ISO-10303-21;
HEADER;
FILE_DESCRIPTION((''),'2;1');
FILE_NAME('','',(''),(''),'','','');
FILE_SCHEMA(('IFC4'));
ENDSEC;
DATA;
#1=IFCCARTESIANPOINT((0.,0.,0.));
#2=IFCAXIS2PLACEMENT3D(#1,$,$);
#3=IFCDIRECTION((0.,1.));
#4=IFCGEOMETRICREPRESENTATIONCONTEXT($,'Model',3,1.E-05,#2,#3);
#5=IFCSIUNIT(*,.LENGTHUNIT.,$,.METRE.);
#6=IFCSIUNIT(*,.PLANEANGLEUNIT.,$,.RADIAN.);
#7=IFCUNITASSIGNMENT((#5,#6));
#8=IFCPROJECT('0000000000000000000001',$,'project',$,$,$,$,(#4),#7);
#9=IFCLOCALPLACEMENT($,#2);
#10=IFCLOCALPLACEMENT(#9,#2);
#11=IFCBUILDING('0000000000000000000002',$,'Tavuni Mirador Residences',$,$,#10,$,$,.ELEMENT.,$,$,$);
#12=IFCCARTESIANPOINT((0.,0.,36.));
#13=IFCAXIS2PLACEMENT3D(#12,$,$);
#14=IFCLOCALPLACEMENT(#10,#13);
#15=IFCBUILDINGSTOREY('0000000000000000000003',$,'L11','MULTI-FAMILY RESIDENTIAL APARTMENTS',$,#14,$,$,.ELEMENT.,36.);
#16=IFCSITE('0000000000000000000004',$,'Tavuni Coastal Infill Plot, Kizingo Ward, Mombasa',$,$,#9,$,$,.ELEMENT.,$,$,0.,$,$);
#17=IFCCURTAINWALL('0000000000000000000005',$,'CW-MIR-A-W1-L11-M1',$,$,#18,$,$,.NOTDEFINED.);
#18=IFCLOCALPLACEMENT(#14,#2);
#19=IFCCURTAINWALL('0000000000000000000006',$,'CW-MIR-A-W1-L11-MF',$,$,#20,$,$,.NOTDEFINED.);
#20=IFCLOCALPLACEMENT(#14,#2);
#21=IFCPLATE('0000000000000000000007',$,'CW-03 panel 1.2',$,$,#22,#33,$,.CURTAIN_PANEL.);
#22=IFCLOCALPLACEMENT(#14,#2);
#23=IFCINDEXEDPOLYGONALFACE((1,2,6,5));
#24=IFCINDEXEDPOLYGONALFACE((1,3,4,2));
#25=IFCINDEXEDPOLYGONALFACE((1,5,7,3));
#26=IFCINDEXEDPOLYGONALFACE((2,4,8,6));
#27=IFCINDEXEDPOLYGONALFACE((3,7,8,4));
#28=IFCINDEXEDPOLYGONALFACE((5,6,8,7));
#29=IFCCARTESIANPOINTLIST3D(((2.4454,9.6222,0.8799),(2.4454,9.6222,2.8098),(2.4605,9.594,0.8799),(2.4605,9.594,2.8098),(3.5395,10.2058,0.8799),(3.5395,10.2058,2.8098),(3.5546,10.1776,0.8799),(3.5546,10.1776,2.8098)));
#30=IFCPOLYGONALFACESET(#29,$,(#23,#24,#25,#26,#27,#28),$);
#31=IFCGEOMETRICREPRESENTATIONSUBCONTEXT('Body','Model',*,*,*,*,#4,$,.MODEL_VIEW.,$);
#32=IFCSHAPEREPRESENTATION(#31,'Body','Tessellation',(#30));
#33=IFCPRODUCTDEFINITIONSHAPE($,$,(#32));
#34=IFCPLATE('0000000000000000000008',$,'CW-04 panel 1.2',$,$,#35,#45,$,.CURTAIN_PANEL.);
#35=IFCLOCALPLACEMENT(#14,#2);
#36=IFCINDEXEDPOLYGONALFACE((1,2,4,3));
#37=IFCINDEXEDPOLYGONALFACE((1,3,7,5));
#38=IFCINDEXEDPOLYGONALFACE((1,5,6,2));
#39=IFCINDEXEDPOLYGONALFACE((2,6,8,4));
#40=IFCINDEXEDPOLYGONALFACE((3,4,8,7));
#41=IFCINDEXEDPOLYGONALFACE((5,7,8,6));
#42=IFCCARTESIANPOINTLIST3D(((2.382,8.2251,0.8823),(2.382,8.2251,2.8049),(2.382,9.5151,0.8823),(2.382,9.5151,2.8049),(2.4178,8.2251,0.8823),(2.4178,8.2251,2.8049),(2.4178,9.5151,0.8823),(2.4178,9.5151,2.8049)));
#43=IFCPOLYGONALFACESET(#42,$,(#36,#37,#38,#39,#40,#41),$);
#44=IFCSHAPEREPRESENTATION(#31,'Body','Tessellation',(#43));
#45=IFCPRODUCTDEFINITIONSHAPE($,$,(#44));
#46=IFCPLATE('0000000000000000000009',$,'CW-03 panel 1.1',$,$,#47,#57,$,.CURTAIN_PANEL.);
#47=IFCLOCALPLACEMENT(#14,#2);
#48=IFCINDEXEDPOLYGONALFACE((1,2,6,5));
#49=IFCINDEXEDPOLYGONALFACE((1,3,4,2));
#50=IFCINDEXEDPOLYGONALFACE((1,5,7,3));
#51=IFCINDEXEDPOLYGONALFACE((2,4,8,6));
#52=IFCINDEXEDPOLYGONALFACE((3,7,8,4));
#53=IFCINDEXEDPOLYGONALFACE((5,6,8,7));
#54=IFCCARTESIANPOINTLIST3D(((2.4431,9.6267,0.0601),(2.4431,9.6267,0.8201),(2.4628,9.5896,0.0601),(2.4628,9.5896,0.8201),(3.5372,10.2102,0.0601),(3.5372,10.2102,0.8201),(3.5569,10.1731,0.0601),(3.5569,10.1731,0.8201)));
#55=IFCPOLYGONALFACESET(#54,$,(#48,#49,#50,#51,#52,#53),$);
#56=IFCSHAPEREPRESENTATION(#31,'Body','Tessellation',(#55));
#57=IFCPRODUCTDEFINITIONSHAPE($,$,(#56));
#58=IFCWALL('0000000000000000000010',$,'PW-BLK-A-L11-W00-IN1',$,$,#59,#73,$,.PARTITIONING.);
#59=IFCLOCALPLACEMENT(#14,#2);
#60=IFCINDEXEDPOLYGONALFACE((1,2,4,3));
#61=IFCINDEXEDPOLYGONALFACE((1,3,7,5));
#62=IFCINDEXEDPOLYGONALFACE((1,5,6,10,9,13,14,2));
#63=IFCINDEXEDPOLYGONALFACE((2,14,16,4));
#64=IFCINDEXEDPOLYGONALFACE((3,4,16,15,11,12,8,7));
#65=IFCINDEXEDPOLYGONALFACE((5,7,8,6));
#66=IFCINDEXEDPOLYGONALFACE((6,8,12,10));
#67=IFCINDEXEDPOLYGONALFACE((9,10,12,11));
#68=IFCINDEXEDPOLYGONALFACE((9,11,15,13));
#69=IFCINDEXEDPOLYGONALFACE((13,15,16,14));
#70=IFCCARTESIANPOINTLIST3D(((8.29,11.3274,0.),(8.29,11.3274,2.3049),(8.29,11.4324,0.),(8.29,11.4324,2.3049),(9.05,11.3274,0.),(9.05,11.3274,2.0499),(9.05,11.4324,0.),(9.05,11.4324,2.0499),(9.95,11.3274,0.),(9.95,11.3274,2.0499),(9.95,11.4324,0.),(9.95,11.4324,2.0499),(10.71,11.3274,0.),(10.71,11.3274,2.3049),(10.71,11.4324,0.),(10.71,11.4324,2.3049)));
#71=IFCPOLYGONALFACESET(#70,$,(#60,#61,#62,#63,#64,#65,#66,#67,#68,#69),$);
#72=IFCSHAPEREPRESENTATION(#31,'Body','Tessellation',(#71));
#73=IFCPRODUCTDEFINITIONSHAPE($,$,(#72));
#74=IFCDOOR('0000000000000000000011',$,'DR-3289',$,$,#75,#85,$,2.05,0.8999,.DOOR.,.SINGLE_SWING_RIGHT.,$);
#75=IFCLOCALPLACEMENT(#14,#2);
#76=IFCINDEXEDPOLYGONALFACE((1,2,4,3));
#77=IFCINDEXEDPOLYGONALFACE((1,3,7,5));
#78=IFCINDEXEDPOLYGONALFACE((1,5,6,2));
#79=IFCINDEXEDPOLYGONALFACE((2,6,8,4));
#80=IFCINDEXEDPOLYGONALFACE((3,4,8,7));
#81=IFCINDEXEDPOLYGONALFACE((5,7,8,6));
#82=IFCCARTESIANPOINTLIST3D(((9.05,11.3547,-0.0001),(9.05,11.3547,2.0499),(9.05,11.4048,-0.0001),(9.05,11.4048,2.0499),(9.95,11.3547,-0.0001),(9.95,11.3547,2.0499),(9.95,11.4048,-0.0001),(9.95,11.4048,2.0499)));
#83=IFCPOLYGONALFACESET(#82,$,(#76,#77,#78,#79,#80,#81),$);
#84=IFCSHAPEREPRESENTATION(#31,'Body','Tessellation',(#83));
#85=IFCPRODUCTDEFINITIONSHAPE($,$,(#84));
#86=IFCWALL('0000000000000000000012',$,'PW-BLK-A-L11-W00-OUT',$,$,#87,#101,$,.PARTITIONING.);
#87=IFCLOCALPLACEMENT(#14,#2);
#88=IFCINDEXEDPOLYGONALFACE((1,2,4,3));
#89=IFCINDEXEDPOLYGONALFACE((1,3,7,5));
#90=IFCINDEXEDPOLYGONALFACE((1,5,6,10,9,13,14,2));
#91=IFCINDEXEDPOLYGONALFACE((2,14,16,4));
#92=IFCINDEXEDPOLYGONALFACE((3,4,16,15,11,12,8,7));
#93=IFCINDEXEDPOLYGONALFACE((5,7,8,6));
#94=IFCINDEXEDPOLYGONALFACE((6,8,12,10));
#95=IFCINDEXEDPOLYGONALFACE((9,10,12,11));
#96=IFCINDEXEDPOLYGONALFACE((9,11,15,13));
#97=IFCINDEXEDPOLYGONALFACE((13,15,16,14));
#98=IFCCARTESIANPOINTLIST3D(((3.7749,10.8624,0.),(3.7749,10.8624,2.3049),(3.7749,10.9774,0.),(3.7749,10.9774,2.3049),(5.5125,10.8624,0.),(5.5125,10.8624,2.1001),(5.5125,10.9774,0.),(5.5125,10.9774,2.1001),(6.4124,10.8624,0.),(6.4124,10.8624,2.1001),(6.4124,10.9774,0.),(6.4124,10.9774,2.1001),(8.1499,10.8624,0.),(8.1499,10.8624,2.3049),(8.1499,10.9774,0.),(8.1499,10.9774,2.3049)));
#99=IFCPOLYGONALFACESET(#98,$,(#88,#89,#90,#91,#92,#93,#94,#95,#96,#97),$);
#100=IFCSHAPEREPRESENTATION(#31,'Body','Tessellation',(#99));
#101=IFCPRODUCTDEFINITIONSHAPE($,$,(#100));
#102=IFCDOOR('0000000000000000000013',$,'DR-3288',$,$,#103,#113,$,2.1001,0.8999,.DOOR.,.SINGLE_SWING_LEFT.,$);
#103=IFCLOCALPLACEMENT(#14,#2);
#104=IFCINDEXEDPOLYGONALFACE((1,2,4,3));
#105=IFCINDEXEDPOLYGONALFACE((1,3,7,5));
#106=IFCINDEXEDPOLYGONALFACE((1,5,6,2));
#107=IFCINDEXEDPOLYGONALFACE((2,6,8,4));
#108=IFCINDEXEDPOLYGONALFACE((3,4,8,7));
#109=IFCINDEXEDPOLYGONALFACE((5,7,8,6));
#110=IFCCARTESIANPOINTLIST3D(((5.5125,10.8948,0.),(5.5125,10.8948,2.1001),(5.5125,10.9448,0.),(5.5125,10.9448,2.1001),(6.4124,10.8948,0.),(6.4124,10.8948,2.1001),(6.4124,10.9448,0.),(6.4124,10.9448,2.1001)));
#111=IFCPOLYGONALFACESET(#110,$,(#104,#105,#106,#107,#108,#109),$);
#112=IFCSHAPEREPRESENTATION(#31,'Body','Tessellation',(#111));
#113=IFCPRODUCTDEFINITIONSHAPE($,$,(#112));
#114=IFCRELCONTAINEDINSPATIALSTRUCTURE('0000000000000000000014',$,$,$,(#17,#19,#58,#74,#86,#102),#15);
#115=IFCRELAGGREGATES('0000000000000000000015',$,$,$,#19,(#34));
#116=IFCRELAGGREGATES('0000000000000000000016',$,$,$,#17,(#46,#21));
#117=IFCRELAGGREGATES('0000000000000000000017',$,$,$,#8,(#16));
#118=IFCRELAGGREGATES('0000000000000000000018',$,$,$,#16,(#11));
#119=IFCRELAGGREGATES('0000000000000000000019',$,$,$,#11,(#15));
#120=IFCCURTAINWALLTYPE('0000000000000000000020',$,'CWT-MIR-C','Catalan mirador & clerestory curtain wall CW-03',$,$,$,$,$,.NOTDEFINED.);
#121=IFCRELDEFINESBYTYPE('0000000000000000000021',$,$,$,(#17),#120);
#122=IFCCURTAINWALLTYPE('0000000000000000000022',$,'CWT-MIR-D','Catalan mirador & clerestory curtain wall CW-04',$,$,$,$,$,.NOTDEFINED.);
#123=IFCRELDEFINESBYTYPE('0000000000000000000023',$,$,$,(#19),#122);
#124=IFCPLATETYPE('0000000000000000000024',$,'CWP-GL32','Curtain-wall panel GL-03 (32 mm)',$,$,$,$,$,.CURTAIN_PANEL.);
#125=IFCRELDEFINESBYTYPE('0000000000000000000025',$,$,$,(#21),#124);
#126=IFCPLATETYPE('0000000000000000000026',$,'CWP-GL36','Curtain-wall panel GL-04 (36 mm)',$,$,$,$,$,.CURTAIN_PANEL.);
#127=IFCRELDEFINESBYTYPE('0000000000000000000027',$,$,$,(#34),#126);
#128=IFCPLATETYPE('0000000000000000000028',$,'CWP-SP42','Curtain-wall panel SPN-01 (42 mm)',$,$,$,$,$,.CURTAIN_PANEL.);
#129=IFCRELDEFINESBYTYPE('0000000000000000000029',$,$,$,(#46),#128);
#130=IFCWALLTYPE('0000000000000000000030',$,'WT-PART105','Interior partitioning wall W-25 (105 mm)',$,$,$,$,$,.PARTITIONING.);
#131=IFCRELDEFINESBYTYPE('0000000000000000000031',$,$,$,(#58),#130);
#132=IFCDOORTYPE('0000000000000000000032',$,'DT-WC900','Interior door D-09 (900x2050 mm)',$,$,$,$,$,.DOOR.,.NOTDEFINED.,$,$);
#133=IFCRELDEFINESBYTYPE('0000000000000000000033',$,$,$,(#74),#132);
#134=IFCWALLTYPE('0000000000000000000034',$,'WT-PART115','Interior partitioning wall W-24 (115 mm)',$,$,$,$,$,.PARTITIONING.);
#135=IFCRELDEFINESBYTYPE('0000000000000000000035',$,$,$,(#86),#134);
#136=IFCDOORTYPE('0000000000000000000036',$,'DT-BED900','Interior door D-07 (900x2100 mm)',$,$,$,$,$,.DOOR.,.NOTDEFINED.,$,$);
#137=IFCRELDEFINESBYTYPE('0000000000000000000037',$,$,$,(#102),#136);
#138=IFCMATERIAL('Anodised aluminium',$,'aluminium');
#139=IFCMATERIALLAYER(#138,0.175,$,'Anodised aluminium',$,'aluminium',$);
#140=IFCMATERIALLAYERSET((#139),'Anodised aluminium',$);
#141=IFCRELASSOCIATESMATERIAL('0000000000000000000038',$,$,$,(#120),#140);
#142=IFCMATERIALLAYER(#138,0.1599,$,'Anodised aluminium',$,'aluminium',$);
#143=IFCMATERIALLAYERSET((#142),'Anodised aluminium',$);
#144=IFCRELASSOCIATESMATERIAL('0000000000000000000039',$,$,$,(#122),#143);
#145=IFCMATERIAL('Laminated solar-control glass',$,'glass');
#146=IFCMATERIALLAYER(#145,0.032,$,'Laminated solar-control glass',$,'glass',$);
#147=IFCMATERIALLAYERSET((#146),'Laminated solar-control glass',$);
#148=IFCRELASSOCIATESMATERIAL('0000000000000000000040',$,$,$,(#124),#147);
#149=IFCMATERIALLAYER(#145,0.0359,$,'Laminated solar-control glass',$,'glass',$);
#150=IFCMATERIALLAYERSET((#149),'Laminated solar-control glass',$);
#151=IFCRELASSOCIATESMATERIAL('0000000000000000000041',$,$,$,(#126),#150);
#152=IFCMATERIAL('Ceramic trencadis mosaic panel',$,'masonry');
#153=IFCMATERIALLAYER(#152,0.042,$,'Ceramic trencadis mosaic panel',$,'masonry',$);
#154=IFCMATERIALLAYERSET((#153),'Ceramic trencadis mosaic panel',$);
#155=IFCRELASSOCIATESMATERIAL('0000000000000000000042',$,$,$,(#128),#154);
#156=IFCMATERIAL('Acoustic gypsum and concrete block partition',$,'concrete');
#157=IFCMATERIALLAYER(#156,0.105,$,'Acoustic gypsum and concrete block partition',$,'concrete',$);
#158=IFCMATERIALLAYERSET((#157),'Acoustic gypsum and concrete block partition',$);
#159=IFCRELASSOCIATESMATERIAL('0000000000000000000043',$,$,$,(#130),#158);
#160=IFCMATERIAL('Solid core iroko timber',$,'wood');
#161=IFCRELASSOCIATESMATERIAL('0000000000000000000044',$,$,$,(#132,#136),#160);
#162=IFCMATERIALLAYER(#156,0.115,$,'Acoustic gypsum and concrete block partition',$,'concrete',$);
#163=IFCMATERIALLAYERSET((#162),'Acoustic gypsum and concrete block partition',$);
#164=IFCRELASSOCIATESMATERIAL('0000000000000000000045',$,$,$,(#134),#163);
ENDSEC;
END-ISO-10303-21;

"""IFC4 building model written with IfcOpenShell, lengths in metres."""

from ifc_helpers import new_model, si_unit, direction, frame, frame_2d, origin, origin_2d, place, context, subcontext, project, spatial, rectangle, extrude, material, layer, layer_set, type_object, element, fill, aggregate, save


model = new_model("IFC4")

# Units and contexts
model_context = context("Model", 3, precision=1e-05, world=origin(), true_north=direction((0.0, 1.0)))
body_context = subcontext(model_context, "Body", "Model", "MODEL_VIEW")
ifc_project = project(units=[si_unit("LENGTHUNIT", "METRE"), si_unit("PLANEANGLEUNIT", "RADIAN")], contexts=[model_context])

# Site, building, storey
site_placement = place(None, origin())
site = spatial("IfcSite", under=ifc_project, at=site_placement, Name="Tavuni Coastal Infill Plot, Kizingo Ward, Mombasa", CompositionType="ELEMENT", RefElevation=0.0)
building_placement = place(site_placement, origin())
building = spatial("IfcBuilding", under=site, at=building_placement, Name="Tavuni Mirador Residences", CompositionType="ELEMENT")
storey_placement = place(building_placement, frame((0.0, 0.0, 36.0)))
storey = spatial("IfcBuildingStorey", under=building, at=storey_placement, Name="L11", Description="MULTI-FAMILY RESIDENTIAL APARTMENTS", CompositionType="ELEMENT", Elevation=36.0)

# Curtain wall
ifc_material_1 = material(Name="Anodised aluminium", Category="aluminium")
ifc_layer_1 = layer(ifc_material_1, 0.175, Name="Anodised aluminium", Category="aluminium")
ifc_layer_set_1 = layer_set([ifc_layer_1], Name="Anodised aluminium")
curtain_wall_type_1 = type_object("IfcCurtainWallType", Name="CWT-MIR-C", Description="Catalan mirador & clerestory curtain wall CW-03", PredefinedType="NOTDEFINED", material=ifc_layer_set_1)
curtain_wall_1_placement = place(storey_placement, origin())
curtain_wall_1 = element("IfcCurtainWall", 1, at=curtain_wall_1_placement, inside=storey, type_object=curtain_wall_type_1, Name="CW-MIR-A-W1-L11-M1", PredefinedType="NOTDEFINED")

# Curtain wall
ifc_layer_2 = layer(ifc_material_1, 0.1599, Name="Anodised aluminium", Category="aluminium")
ifc_layer_set_2 = layer_set([ifc_layer_2], Name="Anodised aluminium")
curtain_wall_type_2 = type_object("IfcCurtainWallType", Name="CWT-MIR-D", Description="Catalan mirador & clerestory curtain wall CW-04", PredefinedType="NOTDEFINED", material=ifc_layer_set_2)
curtain_wall_2_placement = place(storey_placement, origin())
curtain_wall_2 = element("IfcCurtainWall", 2, at=curtain_wall_2_placement, inside=storey, type_object=curtain_wall_type_2, Name="CW-MIR-A-W1-L11-MF", PredefinedType="NOTDEFINED")

# Plates
ifc_material_2 = material(Name="Laminated solar-control glass", Category="glass")
ifc_layer_3 = layer(ifc_material_2, 0.032, Name="Laminated solar-control glass", Category="glass")
ifc_layer_set_3 = layer_set([ifc_layer_3], Name="Laminated solar-control glass")
plate_type_1 = type_object("IfcPlateType", Name="CWP-GL32", Description="Curtain-wall panel GL-03 (32 mm)", PredefinedType="CURTAIN_PANEL", material=ifc_layer_set_3)
plate_1_placement = place(storey_placement, frame((3.0, 9.8999, 0.8799), z_axis=(0.0, 0.0, 1.0), x_axis=(-0.882353, -0.470588, 0.0)))
plate_1 = element("IfcPlate", 3, at=plate_1_placement, type_object=plate_type_1, Name="CW-03 panel 1.2", PredefinedType="CURTAIN_PANEL", context=body_context, shape_type="SweptSolid", body=[
    extrude(rectangle(XDim=1.24, YDim=0.032, at=origin_2d()), origin(), (0.0, 0.0, 1.0), 1.9299),
])
ifc_layer_4 = layer(ifc_material_2, 0.0359, Name="Laminated solar-control glass", Category="glass")
ifc_layer_set_4 = layer_set([ifc_layer_4], Name="Laminated solar-control glass")
plate_type_2 = type_object("IfcPlateType", Name="CWP-GL36", Description="Curtain-wall panel GL-04 (36 mm)", PredefinedType="CURTAIN_PANEL", material=ifc_layer_set_4)
plate_2_placement = place(storey_placement, frame((2.3999, 8.8701, 0.8823), z_axis=(0.0, 0.0, 1.0), x_axis=(0.0, -1.0, 0.0)))
plate_2 = element("IfcPlate", 4, at=plate_2_placement, type_object=plate_type_2, Name="CW-04 panel 1.2", PredefinedType="CURTAIN_PANEL", context=body_context, shape_type="SweptSolid", body=[
    extrude(rectangle(XDim=1.29, YDim=0.0359, at=origin_2d()), origin(), (0.0, 0.0, 1.0), 1.9226),
])
aggregate(curtain_wall_2, [plate_2])
ifc_material_3 = material(Name="Ceramic trencadis mosaic panel", Category="masonry")
ifc_layer_5 = layer(ifc_material_3, 0.042, Name="Ceramic trencadis mosaic panel", Category="masonry")
ifc_layer_set_5 = layer_set([ifc_layer_5], Name="Ceramic trencadis mosaic panel")
plate_type_3 = type_object("IfcPlateType", Name="CWP-SP42", Description="Curtain-wall panel SPN-01 (42 mm)", PredefinedType="CURTAIN_PANEL", material=ifc_layer_set_5)
plate_3_placement = place(storey_placement, frame((3.0, 9.8999, 0.0601), z_axis=(0.0, 0.0, 1.0), x_axis=(-0.882353, -0.470588, 0.0)))
plate_3 = element("IfcPlate", 5, at=plate_3_placement, type_object=plate_type_3, Name="CW-03 panel 1.1", PredefinedType="CURTAIN_PANEL", context=body_context, shape_type="SweptSolid", body=[
    extrude(rectangle(XDim=1.24, YDim=0.042, at=origin_2d()), origin(), (0.0, 0.0, 1.0), 0.76),
])
aggregate(curtain_wall_1, [plate_3, plate_1])

# Walls, openings, doors
ifc_material_4 = material(Name="Acoustic gypsum and concrete block partition", Category="concrete")
ifc_layer_6 = layer(ifc_material_4, 0.105, Name="Acoustic gypsum and concrete block partition", Category="concrete")
ifc_layer_set_6 = layer_set([ifc_layer_6], Name="Acoustic gypsum and concrete block partition")
wall_type_1 = type_object("IfcWallType", Name="WT-PART105", Description="Interior partitioning wall W-25 (105 mm)", PredefinedType="PARTITIONING", material=ifc_layer_set_6)
wall_1_placement = place(storey_placement, frame((8.29, 11.3799, 0.0), z_axis=(0.0, 0.0, 1.0), x_axis=(1.0, 0.0, 0.0)))
wall_1 = element("IfcWall", 6, at=wall_1_placement, inside=storey, type_object=wall_type_1, Name="PW-BLK-A-L11-W00-IN1", PredefinedType="PARTITIONING", context=body_context, shape_type="SweptSolid", body=[
    extrude(rectangle(XDim=2.4199, YDim=0.105, at=frame_2d((1.21, 0.0))), origin(), (0.0, 0.0, 1.0), 2.3049),
])
opening_1_placement = place(wall_1_placement, frame((0.76, 0.0, 0.0)))
opening_1 = element("IfcOpeningElement", 7, at=opening_1_placement, cuts=wall_1, PredefinedType="OPENING", context=body_context, shape_type="SweptSolid", body=[
    extrude(rectangle(XDim=0.8999, YDim=2.05, at=frame_2d((0.45, 1.0249))), frame((0.0, 0.0625, 0.0), z_axis=(0.0, -1.0, 0.0), x_axis=(1.0, 0.0, 0.0)), (0.0, 0.0, 1.0), 0.125),
])
ifc_material_5 = material(Name="Solid core iroko timber", Category="wood")
door_type_1 = type_object("IfcDoorType", Name="DT-WC900", Description="Interior door D-09 (900x2050 mm)", OperationType="NOTDEFINED", PredefinedType="DOOR", material=ifc_material_5)
door_1_placement = place(opening_1_placement, origin())
door_1 = element("IfcDoor", 8, at=door_1_placement, inside=storey, type_object=door_type_1, Name="DR-3289", OperationType="SINGLE_SWING_RIGHT", OverallHeight=2.05, OverallWidth=0.8999, PredefinedType="DOOR", context=body_context, shape_type="SweptSolid", body=[
    extrude(rectangle(XDim=0.8999, YDim=2.05, at=frame_2d((0.45, 1.0249))), frame((0.0, 0.0249, 0.0), z_axis=(0.0, -1.0, 0.0), x_axis=(1.0, 0.0, 0.0)), (0.0, 0.0, 1.0), 0.05),
])
fill(opening_1, door_1)
ifc_layer_7 = layer(ifc_material_4, 0.115, Name="Acoustic gypsum and concrete block partition", Category="concrete")
ifc_layer_set_7 = layer_set([ifc_layer_7], Name="Acoustic gypsum and concrete block partition")
wall_type_2 = type_object("IfcWallType", Name="WT-PART115", Description="Interior partitioning wall W-24 (115 mm)", PredefinedType="PARTITIONING", material=ifc_layer_set_7)
wall_2_placement = place(storey_placement, frame((3.7749, 10.9199, 0.0), z_axis=(0.0, 0.0, 1.0), x_axis=(1.0, 0.0, 0.0)))
wall_2 = element("IfcWall", 9, at=wall_2_placement, inside=storey, type_object=wall_type_2, Name="PW-BLK-A-L11-W00-OUT", PredefinedType="PARTITIONING", context=body_context, shape_type="SweptSolid", body=[
    extrude(rectangle(XDim=4.375, YDim=0.115, at=frame_2d((2.1875, 0.0))), origin(), (0.0, 0.0, 1.0), 2.3049),
])
opening_2_placement = place(wall_2_placement, frame((1.7375, 0.0, 0.0)))
opening_2 = element("IfcOpeningElement", 10, at=opening_2_placement, cuts=wall_2, PredefinedType="OPENING", context=body_context, shape_type="SweptSolid", body=[
    extrude(rectangle(XDim=0.8999, YDim=2.1001, at=frame_2d((0.45, 1.05))), frame((0.0, 0.0674, 0.0), z_axis=(0.0, -1.0, 0.0), x_axis=(1.0, 0.0, 0.0)), (0.0, 0.0, 1.0), 0.135),
])
door_type_2 = type_object("IfcDoorType", Name="DT-BED900", Description="Interior door D-07 (900x2100 mm)", OperationType="NOTDEFINED", PredefinedType="DOOR", material=ifc_material_5)
door_2_placement = place(opening_2_placement, origin())
door_2 = element("IfcDoor", 11, at=door_2_placement, inside=storey, type_object=door_type_2, Name="DR-3288", OperationType="SINGLE_SWING_LEFT", OverallHeight=2.1001, OverallWidth=0.8999, PredefinedType="DOOR", context=body_context, shape_type="SweptSolid", body=[
    extrude(rectangle(XDim=0.8999, YDim=2.1001, at=frame_2d((0.45, 1.05))), frame((0.0, 0.0249, 0.0), z_axis=(0.0, -1.0, 0.0), x_axis=(1.0, 0.0, 0.0)), (0.0, 0.0, 1.0), 0.05),
])
fill(opening_2, door_2)

save(model, "model.ifc")
